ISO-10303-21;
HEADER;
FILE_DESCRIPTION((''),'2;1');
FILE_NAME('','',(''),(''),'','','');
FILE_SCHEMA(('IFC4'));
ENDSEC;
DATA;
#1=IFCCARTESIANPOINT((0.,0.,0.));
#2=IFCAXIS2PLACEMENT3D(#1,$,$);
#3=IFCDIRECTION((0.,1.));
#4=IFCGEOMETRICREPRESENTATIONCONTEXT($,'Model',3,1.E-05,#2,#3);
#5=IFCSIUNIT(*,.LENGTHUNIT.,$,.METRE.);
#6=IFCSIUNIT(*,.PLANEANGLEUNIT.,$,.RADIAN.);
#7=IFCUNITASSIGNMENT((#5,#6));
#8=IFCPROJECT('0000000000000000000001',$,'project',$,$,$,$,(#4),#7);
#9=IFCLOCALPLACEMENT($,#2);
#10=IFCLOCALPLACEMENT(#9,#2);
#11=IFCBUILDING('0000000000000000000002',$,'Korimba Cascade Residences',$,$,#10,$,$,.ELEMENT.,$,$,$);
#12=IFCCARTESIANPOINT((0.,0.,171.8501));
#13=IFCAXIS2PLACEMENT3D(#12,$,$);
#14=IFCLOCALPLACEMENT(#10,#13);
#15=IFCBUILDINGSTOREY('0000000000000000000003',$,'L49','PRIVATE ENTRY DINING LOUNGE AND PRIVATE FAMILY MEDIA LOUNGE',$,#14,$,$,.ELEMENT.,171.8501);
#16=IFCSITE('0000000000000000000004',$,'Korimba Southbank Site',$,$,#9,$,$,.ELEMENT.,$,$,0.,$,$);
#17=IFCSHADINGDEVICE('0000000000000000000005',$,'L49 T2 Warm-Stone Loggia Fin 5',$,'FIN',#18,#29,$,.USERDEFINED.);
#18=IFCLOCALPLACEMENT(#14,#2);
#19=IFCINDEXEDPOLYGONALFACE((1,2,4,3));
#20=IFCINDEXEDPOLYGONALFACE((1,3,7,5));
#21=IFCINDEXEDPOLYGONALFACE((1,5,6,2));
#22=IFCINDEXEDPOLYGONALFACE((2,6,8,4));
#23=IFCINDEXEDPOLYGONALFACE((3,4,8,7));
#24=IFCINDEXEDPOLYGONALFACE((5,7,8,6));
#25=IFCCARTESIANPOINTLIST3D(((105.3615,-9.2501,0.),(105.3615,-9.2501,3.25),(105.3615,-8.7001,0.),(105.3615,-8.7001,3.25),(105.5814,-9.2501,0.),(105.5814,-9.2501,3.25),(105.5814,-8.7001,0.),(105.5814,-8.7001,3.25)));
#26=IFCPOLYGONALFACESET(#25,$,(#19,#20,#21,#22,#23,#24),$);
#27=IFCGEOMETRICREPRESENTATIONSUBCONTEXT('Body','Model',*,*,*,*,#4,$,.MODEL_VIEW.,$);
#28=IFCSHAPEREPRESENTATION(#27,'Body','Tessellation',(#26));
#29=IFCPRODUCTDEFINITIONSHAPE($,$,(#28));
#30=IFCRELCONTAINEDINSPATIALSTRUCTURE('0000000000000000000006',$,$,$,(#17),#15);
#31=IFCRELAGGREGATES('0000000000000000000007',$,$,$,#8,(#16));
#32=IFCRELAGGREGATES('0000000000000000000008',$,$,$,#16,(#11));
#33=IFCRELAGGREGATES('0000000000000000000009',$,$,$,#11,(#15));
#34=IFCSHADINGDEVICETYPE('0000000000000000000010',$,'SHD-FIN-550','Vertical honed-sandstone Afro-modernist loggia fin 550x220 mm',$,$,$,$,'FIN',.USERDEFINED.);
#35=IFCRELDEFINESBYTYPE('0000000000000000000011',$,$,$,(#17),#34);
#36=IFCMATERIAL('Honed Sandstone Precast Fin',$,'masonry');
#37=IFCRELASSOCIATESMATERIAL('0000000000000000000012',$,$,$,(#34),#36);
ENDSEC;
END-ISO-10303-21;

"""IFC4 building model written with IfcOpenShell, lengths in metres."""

from ifc_helpers import new_model, si_unit, direction, frame, origin, origin_2d, place, context, subcontext, project, spatial, rectangle, extrude, material, type_object, element, save


model = new_model("IFC4")

# Units and contexts
model_context = context("Model", 3, precision=1e-05, world=origin(), true_north=direction((0.0, 1.0)))
body_context = subcontext(model_context, "Body", "Model", "MODEL_VIEW")
ifc_project = project(units=[si_unit("LENGTHUNIT", "METRE"), si_unit("PLANEANGLEUNIT", "RADIAN")], contexts=[model_context])

# Site, building, storey
site_placement = place(None, origin())
site = spatial("IfcSite", under=ifc_project, at=site_placement, Name="Korimba Southbank Site", CompositionType="ELEMENT", RefElevation=0.0)
building_placement = place(site_placement, origin())
building = spatial("IfcBuilding", under=site, at=building_placement, Name="Korimba Cascade Residences", CompositionType="ELEMENT")
storey_placement = place(building_placement, frame((0.0, 0.0, 171.8501)))
storey = spatial("IfcBuildingStorey", under=building, at=storey_placement, Name="L49", Description="PRIVATE ENTRY DINING LOUNGE AND PRIVATE FAMILY MEDIA LOUNGE", CompositionType="ELEMENT", Elevation=171.8501)

# Shading device
ifc_material_1 = material(Name="Honed Sandstone Precast Fin", Category="masonry")
shading_device_type = type_object("IfcShadingDeviceType", Name="SHD-FIN-550", Description="Vertical honed-sandstone Afro-modernist loggia fin 550x220 mm", ElementType="FIN", PredefinedType="USERDEFINED", material=ifc_material_1)
for number, where, z_axis, x_axis, name in (
    (1, (105.4714, -8.9751, 0.0), (0.0, 0.0, 1.0), (1.0, 0.0, 0.0), "L49 T2 Warm-Stone Loggia Fin 5"),
):
    element("IfcShadingDevice", number, at=place(storey_placement, frame(where, z_axis=z_axis, x_axis=x_axis)), inside=storey, type_object=shading_device_type, Name=name, ObjectType="FIN", PredefinedType="USERDEFINED", context=body_context, shape_type="SweptSolid", body=[
        extrude(rectangle(XDim=0.22, YDim=0.55, at=origin_2d()), origin(), (0.0, 0.0, 1.0), 3.25),
    ])

save(model, "model.ifc")
